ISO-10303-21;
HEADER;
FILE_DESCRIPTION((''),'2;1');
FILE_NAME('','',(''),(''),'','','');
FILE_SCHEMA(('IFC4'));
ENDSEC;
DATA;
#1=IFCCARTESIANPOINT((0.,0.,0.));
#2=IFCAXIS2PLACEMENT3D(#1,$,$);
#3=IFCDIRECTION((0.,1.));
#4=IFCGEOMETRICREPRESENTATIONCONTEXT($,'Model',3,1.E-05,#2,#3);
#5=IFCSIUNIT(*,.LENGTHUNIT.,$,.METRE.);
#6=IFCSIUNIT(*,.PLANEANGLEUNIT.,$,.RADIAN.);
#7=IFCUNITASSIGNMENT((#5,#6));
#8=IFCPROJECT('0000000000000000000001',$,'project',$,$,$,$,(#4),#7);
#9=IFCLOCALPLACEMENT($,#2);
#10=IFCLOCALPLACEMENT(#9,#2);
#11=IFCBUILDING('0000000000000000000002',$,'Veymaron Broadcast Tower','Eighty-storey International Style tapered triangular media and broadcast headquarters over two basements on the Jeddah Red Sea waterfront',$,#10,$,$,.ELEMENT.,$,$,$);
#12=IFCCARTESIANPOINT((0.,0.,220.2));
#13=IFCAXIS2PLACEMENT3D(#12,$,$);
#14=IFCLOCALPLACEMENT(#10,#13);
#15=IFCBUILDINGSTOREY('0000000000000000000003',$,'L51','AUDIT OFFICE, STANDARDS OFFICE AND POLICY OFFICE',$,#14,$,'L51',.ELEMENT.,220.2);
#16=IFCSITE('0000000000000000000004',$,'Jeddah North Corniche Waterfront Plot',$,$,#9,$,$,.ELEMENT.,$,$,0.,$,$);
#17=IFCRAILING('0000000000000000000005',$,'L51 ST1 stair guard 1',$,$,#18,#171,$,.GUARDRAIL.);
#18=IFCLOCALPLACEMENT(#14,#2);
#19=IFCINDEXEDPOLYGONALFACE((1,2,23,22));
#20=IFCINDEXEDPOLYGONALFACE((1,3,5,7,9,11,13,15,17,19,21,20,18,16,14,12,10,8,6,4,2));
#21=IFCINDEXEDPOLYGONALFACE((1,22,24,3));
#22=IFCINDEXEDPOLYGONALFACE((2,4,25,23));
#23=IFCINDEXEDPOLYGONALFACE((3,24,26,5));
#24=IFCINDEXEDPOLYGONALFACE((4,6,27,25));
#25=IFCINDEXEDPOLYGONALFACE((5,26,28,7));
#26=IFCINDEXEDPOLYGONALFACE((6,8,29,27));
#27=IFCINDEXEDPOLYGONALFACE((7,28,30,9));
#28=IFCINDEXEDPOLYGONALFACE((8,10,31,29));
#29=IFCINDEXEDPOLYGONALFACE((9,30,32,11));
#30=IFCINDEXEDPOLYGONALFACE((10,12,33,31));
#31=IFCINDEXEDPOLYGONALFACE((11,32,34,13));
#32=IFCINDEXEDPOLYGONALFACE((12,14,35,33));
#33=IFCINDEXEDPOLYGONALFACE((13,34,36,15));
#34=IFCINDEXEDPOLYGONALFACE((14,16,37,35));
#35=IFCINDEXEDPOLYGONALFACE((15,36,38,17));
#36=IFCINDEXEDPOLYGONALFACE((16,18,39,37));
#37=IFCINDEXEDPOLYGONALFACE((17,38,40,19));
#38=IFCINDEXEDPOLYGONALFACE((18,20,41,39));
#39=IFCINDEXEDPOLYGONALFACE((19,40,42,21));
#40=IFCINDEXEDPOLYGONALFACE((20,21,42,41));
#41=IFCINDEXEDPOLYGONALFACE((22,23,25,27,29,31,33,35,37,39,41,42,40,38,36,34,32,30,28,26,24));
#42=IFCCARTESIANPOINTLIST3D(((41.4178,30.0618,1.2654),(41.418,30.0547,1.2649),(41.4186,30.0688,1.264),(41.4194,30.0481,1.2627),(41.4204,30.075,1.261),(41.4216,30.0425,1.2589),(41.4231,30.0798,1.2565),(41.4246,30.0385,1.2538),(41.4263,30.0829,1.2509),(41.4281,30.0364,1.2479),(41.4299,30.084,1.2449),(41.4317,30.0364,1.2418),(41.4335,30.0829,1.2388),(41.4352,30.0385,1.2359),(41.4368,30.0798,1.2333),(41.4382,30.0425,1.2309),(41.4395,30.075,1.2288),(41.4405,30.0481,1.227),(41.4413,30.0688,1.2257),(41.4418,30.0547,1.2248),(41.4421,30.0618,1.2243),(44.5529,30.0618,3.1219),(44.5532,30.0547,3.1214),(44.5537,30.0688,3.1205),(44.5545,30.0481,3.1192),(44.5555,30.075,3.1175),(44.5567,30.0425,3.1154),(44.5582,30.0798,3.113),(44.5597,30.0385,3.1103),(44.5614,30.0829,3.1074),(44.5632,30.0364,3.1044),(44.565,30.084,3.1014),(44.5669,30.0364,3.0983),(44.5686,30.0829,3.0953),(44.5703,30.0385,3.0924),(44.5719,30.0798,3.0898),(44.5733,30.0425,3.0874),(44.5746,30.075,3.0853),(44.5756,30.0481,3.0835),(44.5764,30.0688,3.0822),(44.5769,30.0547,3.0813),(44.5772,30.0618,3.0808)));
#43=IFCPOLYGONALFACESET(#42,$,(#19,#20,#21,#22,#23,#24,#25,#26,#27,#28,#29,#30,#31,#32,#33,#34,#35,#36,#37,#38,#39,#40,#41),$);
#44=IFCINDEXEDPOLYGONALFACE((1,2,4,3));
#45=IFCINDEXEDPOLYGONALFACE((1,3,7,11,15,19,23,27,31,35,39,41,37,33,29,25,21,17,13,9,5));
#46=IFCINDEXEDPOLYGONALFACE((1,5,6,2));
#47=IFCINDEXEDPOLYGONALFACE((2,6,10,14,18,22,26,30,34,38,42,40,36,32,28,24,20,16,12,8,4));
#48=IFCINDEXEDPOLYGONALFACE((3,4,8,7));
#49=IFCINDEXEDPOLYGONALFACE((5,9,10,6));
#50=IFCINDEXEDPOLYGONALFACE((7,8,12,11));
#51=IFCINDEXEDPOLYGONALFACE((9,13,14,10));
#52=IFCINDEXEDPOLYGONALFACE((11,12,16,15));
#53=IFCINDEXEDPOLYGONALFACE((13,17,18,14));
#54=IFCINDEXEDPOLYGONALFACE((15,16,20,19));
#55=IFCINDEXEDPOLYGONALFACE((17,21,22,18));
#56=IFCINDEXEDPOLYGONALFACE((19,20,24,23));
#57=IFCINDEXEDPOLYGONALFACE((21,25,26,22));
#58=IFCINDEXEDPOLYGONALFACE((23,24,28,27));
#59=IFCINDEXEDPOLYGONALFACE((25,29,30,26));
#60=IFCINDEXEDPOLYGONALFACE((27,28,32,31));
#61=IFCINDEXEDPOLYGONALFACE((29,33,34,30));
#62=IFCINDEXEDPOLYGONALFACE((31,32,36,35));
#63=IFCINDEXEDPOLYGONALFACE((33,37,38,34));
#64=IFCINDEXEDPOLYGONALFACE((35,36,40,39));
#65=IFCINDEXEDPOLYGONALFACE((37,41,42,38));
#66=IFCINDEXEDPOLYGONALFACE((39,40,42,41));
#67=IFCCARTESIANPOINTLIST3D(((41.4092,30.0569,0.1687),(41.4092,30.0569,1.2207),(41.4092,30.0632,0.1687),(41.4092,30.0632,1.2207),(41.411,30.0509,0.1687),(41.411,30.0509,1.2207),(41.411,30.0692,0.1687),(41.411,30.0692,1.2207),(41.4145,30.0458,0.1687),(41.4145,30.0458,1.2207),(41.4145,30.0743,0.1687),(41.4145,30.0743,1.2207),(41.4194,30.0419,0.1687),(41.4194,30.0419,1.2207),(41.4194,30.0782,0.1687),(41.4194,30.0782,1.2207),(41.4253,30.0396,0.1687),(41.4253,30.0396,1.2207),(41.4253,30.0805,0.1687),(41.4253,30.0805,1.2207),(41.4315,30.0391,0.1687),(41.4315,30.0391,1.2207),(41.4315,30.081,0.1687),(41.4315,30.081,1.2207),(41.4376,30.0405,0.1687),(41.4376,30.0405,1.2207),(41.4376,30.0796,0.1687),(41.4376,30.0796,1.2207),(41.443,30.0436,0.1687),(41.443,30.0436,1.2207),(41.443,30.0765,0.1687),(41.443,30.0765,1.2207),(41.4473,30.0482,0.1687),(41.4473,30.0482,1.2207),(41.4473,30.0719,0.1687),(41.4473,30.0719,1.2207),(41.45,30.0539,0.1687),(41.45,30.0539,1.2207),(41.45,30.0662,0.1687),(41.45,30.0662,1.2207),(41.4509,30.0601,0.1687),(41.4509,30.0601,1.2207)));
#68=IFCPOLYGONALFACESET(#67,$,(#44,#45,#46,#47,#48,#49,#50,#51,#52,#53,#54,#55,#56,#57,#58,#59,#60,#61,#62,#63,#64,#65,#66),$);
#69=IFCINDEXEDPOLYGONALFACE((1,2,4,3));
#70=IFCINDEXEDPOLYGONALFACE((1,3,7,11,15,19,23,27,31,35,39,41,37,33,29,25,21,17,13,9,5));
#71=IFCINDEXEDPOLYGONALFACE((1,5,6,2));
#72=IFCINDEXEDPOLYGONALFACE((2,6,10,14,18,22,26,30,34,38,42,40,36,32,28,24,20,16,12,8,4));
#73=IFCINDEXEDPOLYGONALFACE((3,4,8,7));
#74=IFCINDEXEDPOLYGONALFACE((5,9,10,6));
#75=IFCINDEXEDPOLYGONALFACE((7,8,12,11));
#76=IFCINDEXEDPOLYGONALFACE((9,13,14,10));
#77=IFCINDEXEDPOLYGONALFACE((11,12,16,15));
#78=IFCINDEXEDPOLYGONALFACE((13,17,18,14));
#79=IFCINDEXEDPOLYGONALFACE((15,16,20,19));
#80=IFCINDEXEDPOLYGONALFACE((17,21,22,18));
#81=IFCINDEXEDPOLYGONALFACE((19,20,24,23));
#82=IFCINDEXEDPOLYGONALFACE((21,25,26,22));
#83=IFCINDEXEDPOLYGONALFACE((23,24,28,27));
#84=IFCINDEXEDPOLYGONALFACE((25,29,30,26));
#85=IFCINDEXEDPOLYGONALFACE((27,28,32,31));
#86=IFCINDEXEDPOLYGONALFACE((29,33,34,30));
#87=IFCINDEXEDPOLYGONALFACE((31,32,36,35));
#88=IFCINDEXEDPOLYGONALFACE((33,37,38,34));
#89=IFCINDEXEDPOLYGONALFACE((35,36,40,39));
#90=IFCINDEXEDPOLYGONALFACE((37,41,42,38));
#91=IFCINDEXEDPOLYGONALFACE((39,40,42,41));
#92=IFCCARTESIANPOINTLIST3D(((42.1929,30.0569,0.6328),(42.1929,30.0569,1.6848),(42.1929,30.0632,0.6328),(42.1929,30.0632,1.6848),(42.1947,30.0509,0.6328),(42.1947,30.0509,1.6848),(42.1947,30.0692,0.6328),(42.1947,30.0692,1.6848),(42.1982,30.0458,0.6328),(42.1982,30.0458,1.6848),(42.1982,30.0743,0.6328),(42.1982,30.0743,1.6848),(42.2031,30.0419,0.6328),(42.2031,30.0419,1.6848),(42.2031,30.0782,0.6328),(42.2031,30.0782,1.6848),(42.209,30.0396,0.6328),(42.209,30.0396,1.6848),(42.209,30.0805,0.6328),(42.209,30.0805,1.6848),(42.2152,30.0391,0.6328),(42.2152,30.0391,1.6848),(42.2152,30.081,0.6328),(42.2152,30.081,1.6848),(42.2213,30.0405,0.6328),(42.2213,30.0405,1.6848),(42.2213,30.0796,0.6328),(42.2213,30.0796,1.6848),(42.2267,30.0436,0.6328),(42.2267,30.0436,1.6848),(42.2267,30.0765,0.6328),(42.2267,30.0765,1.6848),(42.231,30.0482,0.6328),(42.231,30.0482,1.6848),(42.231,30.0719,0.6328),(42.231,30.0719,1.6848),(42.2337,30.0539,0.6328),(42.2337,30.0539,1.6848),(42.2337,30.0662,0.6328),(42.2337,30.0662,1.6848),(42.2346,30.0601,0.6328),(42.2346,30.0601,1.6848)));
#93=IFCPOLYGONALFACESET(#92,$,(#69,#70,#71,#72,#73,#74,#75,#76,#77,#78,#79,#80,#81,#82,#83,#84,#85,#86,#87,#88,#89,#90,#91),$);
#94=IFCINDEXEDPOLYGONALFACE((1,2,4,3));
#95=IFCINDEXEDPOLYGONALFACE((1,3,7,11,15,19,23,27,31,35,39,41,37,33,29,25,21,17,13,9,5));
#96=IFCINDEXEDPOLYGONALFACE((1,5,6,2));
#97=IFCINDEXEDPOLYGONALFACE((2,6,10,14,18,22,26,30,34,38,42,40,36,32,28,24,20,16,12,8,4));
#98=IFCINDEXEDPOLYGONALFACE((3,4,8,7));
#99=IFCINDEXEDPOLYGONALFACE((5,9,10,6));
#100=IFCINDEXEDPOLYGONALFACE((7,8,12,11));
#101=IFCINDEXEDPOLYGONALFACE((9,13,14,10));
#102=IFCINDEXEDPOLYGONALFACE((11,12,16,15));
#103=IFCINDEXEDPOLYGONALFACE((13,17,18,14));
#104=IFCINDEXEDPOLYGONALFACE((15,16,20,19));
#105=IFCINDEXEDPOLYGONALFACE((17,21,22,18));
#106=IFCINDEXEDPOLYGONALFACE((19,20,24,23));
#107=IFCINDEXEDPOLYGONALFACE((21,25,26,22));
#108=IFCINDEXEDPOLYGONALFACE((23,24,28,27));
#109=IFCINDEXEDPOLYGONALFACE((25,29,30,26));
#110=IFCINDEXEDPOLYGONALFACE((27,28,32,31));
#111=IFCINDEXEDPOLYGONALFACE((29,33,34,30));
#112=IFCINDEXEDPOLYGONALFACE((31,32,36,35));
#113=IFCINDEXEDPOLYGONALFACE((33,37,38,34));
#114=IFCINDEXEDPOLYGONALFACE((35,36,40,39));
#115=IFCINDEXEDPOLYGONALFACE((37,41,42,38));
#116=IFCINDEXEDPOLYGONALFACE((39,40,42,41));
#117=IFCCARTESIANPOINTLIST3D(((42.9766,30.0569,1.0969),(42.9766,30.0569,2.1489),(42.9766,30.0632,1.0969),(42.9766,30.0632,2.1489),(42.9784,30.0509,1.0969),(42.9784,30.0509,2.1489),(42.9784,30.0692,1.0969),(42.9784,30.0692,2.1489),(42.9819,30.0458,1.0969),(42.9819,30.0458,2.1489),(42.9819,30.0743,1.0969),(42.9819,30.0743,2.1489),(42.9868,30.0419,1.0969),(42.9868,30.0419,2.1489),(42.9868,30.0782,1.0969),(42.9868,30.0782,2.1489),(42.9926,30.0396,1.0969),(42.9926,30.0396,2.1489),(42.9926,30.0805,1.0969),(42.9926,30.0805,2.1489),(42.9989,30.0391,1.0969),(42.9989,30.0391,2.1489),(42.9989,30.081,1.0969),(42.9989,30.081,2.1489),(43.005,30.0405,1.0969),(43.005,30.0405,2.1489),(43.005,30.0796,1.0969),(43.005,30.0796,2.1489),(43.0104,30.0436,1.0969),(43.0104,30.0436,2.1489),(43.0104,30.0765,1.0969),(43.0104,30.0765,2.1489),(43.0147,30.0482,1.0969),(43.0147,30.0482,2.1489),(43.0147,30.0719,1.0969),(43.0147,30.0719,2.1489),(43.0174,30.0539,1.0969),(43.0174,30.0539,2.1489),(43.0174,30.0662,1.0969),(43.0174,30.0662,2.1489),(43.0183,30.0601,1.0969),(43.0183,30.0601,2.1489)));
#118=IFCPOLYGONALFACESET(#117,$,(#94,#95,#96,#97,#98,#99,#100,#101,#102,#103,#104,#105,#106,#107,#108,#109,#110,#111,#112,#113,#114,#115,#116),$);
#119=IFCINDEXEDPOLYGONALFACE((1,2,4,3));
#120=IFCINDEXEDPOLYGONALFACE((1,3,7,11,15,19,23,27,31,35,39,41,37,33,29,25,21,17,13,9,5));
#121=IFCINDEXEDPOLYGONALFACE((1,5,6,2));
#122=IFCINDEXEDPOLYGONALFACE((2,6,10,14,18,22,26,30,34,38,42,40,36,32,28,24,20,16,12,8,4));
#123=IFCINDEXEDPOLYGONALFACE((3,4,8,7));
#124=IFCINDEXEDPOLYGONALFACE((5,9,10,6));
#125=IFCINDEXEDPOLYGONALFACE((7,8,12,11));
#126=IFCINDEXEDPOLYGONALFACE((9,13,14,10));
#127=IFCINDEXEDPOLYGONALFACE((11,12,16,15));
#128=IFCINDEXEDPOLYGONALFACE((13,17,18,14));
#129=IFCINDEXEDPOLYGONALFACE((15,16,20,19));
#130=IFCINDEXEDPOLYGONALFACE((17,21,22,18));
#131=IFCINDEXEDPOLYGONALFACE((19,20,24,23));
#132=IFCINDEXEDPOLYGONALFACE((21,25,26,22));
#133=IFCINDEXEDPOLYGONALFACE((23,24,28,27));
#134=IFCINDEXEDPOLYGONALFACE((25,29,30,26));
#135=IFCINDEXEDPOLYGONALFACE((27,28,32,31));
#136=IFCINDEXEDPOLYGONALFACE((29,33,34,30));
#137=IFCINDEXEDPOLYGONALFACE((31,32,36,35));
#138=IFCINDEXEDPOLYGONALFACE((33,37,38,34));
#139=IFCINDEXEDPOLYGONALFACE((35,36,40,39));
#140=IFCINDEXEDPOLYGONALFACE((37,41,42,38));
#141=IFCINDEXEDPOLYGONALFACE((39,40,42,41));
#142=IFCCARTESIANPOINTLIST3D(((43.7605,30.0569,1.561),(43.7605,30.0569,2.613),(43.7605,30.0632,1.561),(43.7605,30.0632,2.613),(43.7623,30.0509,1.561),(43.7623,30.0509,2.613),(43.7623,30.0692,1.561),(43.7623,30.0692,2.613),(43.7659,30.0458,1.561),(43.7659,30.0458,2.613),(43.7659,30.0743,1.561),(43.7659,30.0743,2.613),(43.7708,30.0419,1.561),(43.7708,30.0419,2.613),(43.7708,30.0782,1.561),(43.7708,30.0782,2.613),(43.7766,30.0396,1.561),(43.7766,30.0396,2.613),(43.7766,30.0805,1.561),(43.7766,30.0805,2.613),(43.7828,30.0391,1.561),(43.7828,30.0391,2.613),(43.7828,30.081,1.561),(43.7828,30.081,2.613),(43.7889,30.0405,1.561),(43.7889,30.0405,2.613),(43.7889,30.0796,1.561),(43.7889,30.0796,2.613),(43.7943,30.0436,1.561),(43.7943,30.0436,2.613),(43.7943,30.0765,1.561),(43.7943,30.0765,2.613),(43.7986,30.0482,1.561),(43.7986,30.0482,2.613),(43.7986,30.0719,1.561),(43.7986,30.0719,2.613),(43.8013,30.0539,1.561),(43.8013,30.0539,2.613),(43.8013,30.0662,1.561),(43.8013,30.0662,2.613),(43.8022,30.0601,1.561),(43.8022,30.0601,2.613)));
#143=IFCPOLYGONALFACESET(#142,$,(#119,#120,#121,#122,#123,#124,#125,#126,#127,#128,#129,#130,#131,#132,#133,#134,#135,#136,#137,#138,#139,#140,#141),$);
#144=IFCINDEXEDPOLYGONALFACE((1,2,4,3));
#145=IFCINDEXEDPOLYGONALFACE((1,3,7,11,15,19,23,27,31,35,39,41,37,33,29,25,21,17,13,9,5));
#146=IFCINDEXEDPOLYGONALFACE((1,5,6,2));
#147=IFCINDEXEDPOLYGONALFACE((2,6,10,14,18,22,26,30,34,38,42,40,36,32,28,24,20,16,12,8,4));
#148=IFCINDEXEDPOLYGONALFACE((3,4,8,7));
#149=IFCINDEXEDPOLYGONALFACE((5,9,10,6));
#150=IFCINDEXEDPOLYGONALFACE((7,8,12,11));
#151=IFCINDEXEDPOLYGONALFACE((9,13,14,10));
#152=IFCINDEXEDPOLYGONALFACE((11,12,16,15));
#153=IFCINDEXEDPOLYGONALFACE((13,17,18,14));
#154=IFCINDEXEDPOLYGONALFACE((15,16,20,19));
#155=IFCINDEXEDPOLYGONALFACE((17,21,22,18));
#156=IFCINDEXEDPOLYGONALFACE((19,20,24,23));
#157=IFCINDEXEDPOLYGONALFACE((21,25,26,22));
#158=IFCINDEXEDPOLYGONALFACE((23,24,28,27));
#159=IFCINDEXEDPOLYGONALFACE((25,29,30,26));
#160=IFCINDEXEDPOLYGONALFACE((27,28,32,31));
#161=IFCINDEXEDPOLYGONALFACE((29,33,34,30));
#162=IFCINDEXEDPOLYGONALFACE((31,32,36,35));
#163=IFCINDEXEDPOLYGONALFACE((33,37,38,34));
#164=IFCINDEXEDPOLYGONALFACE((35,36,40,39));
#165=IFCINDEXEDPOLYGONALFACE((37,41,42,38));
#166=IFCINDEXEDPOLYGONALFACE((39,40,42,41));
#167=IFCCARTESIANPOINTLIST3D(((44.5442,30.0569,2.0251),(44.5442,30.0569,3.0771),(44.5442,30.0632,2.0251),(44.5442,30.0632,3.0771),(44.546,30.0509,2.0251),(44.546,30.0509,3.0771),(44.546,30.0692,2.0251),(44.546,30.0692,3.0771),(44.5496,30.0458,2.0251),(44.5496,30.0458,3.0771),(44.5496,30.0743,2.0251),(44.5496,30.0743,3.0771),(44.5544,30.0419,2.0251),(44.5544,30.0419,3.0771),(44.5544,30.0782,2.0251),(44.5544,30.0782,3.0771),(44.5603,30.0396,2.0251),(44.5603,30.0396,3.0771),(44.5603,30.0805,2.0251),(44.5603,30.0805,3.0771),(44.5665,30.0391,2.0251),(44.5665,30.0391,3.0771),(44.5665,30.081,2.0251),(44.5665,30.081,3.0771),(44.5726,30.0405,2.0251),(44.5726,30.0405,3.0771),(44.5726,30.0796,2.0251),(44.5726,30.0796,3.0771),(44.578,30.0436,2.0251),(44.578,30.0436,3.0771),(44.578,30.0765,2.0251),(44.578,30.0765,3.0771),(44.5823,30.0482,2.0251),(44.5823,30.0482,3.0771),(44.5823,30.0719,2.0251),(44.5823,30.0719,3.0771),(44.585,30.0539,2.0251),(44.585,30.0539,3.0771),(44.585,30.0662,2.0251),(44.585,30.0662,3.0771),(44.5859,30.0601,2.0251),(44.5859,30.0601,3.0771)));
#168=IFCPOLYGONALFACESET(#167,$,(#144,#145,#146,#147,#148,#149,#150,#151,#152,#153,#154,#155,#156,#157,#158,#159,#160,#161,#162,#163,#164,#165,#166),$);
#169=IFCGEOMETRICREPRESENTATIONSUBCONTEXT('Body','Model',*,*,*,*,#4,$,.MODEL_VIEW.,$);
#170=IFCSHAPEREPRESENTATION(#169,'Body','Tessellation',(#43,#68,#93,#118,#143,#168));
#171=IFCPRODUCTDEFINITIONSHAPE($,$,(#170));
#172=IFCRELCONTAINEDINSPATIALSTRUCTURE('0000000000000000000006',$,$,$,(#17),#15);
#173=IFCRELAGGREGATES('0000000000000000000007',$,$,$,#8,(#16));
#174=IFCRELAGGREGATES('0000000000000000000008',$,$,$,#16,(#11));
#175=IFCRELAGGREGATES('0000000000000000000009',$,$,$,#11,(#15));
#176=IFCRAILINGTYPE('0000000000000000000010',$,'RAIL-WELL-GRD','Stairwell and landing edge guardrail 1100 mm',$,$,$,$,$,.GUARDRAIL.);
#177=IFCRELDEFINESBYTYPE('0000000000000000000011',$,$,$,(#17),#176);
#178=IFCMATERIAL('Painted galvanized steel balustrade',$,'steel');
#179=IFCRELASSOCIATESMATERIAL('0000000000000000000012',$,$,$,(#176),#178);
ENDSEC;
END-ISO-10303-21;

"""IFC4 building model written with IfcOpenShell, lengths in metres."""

from ifc_helpers import new_model, si_unit, direction, frame, origin, origin_2d, place, context, subcontext, project, spatial, circle, extrude, material, type_object, element, save


model = new_model("IFC4")

# Units and contexts
model_context = context("Model", 3, precision=1e-05, world=origin(), true_north=direction((0.0, 1.0)))
body_context = subcontext(model_context, "Body", "Model", "MODEL_VIEW")
ifc_project = project(units=[si_unit("LENGTHUNIT", "METRE"), si_unit("PLANEANGLEUNIT", "RADIAN")], contexts=[model_context])

# Site, building, storey
site_placement = place(None, origin())
site = spatial("IfcSite", under=ifc_project, at=site_placement, Name="Jeddah North Corniche Waterfront Plot", CompositionType="ELEMENT", RefElevation=0.0)
building_placement = place(site_placement, origin())
building = spatial("IfcBuilding", under=site, at=building_placement, Name="Veymaron Broadcast Tower", Description="Eighty-storey International Style tapered triangular media and broadcast headquarters over two basements on the Jeddah Red Sea waterfront", CompositionType="ELEMENT")
storey_placement = place(building_placement, frame((0.0, 0.0, 220.2)))
storey = spatial("IfcBuildingStorey", under=building, at=storey_placement, Name="L51", Description="AUDIT OFFICE, STANDARDS OFFICE AND POLICY OFFICE", LongName="L51", CompositionType="ELEMENT", Elevation=220.2)

# Railing
ifc_material_1 = material(Name="Painted galvanized steel balustrade", Category="steel")
railing_type_1 = type_object("IfcRailingType", Name="RAIL-WELL-GRD", Description="Stairwell and landing edge guardrail 1100 mm", PredefinedType="GUARDRAIL", material=ifc_material_1)
railing_1_placement = place(storey_placement, frame((41.4299, 30.0601, 0.1687)))
element("IfcRailing", 1, at=railing_1_placement, inside=storey, type_object=railing_type_1, Name="L51 ST1 stair guard 1", PredefinedType="GUARDRAIL", context=body_context, shape_type="SweptSolid", body=[
    extrude(circle(Radius=0.0239, at=origin_2d()), frame((0.0, 0.0, 1.0762), z_axis=(0.860453, 0.0, 0.509531), x_axis=(0.0, 1.0, 0.0)), (0.0, 0.0, 1.0), 3.6436),
    extrude(circle(Radius=0.021, at=origin_2d()), origin(), (0.0, 0.0, 1.0), 1.052),
    extrude(circle(Radius=0.021, at=origin_2d()), frame((0.7837, 0.0, 0.4641)), (0.0, 0.0, 1.0), 1.052),
    extrude(circle(Radius=0.021, at=origin_2d()), frame((1.5674, 0.0, 0.9282)), (0.0, 0.0, 1.0), 1.052),
    extrude(circle(Radius=0.021, at=origin_2d()), frame((2.3513, 0.0, 1.3923)), (0.0, 0.0, 1.0), 1.052),
    extrude(circle(Radius=0.021, at=origin_2d()), frame((3.135, 0.0, 1.8564)), (0.0, 0.0, 1.0), 1.052),
])

save(model, "model.ifc")
